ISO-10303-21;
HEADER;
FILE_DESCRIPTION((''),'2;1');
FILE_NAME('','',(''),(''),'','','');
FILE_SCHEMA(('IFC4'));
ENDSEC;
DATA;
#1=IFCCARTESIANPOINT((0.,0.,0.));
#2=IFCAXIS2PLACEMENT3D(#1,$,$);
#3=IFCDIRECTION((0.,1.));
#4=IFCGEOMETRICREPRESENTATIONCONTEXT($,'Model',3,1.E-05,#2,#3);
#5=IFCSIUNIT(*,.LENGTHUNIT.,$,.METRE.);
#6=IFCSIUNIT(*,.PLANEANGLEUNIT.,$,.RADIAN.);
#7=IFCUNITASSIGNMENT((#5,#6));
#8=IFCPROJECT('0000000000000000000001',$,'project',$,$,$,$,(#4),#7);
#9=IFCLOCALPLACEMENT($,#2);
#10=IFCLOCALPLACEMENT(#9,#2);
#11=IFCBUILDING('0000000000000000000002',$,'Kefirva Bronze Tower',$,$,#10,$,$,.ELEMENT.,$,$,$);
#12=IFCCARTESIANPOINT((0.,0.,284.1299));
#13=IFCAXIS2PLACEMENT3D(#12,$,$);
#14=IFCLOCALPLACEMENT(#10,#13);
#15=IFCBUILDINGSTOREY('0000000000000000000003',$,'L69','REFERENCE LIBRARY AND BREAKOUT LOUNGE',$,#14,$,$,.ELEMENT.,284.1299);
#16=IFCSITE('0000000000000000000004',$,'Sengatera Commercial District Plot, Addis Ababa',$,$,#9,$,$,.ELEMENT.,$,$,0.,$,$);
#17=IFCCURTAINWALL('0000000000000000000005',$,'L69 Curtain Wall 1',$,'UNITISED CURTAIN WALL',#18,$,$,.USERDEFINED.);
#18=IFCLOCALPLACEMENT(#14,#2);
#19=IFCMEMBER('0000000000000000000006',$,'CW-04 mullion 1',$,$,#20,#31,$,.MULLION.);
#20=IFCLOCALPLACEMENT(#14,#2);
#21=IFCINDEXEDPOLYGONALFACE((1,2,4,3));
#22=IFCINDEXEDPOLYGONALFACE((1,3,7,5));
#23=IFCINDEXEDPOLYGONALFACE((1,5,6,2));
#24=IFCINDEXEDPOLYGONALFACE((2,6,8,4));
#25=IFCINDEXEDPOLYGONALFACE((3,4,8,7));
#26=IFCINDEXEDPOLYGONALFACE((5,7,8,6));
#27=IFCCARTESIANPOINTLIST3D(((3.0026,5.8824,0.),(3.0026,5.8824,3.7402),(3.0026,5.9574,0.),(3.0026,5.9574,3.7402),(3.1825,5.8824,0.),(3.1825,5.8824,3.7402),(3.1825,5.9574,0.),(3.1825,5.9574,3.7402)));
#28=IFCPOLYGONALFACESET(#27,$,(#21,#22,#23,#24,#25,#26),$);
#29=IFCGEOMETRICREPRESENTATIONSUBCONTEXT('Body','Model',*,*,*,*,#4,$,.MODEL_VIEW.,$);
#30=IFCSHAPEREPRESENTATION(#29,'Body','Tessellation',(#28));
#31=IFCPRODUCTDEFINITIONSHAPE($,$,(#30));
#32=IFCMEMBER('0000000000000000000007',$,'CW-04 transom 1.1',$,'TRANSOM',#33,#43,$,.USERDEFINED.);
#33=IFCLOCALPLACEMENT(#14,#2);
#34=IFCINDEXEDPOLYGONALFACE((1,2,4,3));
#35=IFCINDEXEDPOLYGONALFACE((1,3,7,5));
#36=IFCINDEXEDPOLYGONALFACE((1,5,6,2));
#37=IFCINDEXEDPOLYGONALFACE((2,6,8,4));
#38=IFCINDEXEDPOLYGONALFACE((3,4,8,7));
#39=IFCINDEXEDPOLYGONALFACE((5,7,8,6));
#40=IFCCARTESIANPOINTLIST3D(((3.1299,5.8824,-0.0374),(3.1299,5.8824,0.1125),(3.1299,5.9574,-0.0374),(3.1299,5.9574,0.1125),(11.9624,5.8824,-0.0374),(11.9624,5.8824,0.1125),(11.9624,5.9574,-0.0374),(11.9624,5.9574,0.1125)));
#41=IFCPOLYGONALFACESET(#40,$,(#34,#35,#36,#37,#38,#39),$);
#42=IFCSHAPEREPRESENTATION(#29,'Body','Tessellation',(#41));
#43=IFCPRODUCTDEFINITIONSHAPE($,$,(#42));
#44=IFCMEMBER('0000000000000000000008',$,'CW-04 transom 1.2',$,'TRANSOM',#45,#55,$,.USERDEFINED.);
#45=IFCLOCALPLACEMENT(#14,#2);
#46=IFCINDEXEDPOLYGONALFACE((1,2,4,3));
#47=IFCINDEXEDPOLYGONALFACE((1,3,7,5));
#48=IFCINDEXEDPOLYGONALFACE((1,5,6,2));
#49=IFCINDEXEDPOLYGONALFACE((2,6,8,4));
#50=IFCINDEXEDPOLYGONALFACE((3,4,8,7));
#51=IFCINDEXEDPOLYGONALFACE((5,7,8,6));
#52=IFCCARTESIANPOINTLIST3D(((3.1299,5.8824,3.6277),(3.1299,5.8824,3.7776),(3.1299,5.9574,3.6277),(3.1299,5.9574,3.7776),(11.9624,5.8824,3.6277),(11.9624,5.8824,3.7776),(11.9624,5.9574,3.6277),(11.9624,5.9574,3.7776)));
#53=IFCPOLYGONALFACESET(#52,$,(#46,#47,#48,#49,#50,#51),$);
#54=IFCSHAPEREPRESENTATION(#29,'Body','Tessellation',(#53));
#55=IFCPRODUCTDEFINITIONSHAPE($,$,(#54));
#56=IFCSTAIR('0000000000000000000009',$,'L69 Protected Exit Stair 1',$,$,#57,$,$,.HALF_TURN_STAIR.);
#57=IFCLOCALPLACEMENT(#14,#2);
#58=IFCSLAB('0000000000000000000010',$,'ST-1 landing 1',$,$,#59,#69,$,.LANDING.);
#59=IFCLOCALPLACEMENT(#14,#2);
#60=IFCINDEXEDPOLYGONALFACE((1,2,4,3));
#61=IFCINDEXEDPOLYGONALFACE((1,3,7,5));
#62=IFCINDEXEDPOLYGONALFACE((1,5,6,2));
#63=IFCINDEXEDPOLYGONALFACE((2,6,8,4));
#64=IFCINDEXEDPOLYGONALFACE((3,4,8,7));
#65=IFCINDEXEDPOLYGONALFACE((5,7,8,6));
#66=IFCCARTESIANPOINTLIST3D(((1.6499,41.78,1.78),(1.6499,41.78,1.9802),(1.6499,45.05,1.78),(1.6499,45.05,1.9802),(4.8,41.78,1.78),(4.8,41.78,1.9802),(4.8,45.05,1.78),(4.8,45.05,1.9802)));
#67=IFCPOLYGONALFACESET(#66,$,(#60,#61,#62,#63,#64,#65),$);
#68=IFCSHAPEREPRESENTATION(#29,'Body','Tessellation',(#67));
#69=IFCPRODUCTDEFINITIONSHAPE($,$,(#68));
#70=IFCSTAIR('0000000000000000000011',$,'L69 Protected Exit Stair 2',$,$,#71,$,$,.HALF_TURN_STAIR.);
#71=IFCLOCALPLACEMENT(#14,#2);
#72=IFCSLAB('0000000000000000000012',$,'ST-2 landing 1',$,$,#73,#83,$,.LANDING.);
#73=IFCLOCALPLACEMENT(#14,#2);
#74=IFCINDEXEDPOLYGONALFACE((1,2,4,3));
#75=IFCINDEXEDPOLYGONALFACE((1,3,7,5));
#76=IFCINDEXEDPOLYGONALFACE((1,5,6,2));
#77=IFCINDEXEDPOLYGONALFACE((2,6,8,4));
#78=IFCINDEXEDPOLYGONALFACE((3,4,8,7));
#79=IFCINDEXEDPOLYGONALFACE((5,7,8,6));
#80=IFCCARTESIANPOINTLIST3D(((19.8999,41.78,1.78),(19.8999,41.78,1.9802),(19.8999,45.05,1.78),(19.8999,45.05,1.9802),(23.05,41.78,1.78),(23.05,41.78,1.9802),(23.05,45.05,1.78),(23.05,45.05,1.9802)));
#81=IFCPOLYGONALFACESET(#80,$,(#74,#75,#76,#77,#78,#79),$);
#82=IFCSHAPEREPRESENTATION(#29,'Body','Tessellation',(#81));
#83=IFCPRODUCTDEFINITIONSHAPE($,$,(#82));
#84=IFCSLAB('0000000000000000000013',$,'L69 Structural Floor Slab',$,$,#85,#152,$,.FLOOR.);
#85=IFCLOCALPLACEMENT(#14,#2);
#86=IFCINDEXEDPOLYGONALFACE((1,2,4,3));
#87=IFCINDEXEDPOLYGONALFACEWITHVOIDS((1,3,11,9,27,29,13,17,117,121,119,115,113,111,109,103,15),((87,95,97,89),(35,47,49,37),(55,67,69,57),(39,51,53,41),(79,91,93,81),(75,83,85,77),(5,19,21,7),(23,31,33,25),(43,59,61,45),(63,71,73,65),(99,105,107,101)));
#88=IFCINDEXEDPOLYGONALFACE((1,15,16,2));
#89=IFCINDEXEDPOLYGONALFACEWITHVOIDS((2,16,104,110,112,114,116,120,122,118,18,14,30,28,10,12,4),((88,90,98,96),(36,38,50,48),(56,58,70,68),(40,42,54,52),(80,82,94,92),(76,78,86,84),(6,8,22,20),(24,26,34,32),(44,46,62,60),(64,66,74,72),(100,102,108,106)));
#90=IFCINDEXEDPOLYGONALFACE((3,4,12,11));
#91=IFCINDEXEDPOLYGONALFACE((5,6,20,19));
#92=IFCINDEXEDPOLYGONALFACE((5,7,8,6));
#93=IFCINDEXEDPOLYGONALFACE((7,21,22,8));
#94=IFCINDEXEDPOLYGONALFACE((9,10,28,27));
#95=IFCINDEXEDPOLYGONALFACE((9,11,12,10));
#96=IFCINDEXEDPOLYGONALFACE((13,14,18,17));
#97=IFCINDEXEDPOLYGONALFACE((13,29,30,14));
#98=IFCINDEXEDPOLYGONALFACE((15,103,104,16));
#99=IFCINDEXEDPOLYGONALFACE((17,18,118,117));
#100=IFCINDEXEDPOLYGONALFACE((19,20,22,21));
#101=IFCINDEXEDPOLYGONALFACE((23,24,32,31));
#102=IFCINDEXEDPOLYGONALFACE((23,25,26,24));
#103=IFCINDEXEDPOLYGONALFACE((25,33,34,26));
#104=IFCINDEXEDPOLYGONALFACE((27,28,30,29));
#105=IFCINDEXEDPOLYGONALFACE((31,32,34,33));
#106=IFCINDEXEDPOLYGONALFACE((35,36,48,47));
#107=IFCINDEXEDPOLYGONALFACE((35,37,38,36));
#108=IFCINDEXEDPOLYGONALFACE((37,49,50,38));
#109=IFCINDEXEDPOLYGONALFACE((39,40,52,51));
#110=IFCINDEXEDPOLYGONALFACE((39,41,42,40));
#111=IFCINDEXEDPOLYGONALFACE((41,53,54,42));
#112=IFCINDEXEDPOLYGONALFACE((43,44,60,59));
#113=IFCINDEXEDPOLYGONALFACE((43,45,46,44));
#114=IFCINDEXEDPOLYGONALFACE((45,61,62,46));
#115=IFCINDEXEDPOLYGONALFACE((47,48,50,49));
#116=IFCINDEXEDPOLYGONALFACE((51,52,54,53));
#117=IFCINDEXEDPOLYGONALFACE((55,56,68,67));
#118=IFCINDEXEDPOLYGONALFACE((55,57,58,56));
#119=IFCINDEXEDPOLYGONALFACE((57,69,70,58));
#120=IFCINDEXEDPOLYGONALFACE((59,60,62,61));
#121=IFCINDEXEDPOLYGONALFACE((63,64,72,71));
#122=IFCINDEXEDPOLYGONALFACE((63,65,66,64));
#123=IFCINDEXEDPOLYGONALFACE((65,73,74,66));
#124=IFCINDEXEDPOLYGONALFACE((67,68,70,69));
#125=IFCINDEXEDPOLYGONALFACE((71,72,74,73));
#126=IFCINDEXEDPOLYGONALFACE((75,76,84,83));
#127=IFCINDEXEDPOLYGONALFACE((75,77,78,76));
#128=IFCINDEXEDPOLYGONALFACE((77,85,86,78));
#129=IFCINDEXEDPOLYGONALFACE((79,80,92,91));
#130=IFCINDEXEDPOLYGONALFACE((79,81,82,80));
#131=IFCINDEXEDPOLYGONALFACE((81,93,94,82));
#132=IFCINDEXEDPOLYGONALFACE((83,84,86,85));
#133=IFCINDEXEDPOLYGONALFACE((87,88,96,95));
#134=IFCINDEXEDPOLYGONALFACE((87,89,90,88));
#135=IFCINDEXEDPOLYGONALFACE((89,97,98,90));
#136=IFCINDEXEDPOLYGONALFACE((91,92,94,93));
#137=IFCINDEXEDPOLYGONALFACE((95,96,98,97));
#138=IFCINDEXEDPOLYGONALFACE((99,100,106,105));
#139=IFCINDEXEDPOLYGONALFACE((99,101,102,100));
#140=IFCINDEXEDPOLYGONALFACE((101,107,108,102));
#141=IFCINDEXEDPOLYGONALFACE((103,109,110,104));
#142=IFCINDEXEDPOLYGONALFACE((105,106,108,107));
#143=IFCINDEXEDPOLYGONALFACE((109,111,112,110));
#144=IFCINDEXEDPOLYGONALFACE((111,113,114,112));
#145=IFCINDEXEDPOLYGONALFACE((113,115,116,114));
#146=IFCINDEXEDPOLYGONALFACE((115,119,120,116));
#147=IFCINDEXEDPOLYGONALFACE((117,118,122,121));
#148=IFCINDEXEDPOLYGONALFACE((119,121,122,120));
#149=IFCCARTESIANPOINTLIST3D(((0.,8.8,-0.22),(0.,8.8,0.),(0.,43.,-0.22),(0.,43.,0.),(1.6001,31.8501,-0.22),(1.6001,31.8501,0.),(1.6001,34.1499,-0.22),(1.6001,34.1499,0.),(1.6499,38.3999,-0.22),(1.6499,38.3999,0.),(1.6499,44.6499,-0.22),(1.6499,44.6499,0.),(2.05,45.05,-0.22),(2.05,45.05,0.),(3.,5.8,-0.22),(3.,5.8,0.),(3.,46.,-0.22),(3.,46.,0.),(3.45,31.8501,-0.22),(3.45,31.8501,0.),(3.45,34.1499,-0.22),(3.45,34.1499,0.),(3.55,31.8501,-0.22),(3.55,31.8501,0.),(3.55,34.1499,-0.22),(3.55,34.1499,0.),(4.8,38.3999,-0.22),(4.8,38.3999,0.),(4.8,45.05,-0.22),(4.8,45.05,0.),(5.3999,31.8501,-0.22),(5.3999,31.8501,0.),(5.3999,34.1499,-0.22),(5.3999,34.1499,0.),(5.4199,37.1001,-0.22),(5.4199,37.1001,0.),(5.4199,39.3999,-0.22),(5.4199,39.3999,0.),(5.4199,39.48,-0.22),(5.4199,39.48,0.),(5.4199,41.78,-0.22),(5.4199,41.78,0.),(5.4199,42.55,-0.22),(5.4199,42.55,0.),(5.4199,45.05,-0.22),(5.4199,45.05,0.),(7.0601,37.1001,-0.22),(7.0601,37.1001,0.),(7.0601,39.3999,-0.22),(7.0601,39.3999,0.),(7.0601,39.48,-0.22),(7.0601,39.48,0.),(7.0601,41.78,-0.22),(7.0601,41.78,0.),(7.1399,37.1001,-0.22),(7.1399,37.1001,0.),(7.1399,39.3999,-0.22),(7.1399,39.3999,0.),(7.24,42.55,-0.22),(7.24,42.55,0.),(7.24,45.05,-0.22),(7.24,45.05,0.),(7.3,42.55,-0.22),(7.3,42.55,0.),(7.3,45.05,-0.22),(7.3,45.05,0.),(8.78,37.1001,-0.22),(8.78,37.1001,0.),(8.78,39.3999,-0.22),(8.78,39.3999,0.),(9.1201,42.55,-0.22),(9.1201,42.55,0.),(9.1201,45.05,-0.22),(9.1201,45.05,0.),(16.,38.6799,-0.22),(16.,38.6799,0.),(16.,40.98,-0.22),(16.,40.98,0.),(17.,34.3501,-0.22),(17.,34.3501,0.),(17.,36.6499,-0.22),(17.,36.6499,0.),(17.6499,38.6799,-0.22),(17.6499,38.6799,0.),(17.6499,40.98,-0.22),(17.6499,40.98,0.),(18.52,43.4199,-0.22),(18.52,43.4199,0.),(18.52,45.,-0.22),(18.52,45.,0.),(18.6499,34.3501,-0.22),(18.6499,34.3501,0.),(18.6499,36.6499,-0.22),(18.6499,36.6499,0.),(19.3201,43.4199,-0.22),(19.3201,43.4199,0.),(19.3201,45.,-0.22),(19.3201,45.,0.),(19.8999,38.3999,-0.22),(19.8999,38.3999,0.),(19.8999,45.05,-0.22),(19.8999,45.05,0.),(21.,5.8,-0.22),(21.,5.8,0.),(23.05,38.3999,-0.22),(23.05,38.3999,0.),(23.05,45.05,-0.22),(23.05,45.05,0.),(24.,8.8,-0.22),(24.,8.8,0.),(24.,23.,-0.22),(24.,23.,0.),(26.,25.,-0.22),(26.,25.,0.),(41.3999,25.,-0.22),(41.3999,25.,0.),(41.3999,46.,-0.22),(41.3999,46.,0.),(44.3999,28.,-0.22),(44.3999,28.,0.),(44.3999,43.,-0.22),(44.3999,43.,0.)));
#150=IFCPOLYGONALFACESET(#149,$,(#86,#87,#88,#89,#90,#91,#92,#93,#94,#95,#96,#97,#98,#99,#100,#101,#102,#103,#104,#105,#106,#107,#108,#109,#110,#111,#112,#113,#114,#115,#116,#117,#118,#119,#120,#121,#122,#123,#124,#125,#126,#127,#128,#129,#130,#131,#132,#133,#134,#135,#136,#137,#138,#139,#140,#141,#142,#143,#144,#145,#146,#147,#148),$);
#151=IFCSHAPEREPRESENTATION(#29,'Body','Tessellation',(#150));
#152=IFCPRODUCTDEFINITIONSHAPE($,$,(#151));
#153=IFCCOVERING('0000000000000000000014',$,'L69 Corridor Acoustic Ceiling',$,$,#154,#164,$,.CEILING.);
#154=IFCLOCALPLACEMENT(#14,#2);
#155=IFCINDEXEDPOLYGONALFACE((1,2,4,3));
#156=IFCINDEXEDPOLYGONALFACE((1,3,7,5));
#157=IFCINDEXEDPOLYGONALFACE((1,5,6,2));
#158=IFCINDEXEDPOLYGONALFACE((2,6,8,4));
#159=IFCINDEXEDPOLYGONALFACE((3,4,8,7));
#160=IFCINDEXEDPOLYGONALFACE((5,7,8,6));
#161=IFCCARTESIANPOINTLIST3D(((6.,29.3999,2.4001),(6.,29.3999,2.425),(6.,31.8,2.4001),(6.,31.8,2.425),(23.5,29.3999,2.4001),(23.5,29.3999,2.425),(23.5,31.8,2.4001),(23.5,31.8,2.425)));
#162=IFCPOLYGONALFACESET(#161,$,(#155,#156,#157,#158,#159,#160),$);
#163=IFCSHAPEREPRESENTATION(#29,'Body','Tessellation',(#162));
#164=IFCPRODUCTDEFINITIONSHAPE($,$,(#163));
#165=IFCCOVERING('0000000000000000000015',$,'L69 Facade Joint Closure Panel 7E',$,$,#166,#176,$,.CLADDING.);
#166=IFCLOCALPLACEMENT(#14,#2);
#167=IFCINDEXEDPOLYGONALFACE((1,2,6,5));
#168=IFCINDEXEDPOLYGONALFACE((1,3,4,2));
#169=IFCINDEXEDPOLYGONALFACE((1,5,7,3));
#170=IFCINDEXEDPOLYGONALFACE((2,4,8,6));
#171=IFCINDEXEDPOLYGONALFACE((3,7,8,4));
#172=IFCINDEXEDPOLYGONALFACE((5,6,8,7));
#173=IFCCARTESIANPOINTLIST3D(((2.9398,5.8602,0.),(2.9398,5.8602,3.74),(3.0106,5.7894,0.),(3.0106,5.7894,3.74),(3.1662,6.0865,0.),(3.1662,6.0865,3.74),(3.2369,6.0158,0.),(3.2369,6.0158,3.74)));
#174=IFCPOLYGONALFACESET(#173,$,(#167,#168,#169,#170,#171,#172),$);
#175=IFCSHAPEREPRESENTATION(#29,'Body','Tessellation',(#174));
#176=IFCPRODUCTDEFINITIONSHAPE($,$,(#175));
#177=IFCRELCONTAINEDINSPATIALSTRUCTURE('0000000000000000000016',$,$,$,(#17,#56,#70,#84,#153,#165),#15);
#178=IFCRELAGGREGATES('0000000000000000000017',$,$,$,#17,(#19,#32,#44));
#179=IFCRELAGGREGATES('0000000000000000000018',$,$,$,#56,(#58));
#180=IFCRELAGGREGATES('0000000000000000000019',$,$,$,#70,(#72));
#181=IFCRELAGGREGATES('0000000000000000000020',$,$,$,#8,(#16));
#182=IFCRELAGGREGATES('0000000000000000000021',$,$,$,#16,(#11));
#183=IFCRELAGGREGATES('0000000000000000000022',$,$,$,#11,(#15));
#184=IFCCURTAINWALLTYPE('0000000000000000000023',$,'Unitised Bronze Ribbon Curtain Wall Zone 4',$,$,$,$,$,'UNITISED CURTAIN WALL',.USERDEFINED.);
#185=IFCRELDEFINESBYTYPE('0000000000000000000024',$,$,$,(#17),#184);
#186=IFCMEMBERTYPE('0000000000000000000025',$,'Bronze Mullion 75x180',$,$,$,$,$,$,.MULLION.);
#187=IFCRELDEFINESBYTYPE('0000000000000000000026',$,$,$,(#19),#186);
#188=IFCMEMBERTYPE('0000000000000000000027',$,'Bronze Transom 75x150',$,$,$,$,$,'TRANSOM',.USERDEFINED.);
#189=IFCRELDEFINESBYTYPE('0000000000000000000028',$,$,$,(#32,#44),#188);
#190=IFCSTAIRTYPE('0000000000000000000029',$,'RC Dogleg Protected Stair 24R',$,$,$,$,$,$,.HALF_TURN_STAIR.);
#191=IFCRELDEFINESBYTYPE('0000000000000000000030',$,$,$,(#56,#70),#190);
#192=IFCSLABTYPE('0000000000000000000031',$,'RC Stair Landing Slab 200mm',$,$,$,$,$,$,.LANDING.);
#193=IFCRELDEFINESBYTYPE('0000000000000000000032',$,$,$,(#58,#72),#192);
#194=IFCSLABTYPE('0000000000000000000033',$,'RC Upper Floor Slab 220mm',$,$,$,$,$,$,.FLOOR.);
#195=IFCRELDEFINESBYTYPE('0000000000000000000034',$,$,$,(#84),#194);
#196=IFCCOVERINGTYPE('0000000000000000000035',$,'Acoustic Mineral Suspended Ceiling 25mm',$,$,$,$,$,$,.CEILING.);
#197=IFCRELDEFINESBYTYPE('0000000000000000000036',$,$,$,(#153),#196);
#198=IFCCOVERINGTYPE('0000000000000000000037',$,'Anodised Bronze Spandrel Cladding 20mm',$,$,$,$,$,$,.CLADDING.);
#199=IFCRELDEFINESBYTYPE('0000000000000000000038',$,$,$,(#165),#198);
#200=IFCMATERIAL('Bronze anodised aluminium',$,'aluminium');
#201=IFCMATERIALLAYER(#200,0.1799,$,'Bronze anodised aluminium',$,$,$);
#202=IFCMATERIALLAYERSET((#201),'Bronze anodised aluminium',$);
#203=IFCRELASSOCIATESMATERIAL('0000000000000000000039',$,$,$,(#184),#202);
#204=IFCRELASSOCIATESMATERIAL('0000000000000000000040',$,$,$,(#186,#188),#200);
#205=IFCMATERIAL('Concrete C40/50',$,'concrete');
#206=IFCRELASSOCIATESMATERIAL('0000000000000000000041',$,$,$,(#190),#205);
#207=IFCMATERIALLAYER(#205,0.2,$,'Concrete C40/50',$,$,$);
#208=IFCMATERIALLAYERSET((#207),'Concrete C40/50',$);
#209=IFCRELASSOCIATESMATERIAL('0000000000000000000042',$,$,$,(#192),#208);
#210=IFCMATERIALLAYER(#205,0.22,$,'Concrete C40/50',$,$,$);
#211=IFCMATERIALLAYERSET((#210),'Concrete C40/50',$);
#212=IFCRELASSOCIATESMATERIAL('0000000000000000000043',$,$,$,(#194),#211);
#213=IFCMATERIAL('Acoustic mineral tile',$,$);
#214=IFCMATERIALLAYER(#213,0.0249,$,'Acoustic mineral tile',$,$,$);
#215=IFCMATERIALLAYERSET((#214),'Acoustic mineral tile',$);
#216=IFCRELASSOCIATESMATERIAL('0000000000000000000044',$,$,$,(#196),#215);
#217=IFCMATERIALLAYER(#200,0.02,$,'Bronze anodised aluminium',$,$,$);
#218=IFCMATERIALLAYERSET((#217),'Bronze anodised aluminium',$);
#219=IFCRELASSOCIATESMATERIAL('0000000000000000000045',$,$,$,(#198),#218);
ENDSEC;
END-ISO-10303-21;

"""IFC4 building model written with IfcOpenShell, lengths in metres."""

from ifc_helpers import new_model, si_unit, direction, frame, origin, origin_2d, place, context, subcontext, project, spatial, polyline, rectangle, outline, extrude, material, layer, layer_set, material_profile, profile_set, type_object, element, aggregate, save


model = new_model("IFC4")

# Units and contexts
model_context = context("Model", 3, precision=1e-05, world=origin(), true_north=direction((0.0, 1.0)))
body_context = subcontext(model_context, "Body", "Model", "MODEL_VIEW")
ifc_project = project(units=[si_unit("LENGTHUNIT", "METRE"), si_unit("PLANEANGLEUNIT", "RADIAN")], contexts=[model_context])

# Site, building, storey
site_placement = place(None, origin())
site = spatial("IfcSite", under=ifc_project, at=site_placement, Name="Sengatera Commercial District Plot, Addis Ababa", CompositionType="ELEMENT", RefElevation=0.0)
building_placement = place(site_placement, origin())
building = spatial("IfcBuilding", under=site, at=building_placement, Name="Kefirva Bronze Tower", CompositionType="ELEMENT")
storey_placement = place(building_placement, frame((0.0, 0.0, 284.1299)))
storey = spatial("IfcBuildingStorey", under=building, at=storey_placement, Name="L69", Description="REFERENCE LIBRARY AND BREAKOUT LOUNGE", CompositionType="ELEMENT", Elevation=284.1299)

# Curtain wall, members
ifc_material_1 = material(Name="Bronze anodised aluminium", Category="aluminium")
ifc_layer_1 = layer(ifc_material_1, 0.1799, Name="Bronze anodised aluminium")
ifc_layer_set_1 = layer_set([ifc_layer_1], Name="Bronze anodised aluminium")
curtain_wall_type = type_object("IfcCurtainWallType", Name="Unitised Bronze Ribbon Curtain Wall Zone 4", ElementType="UNITISED CURTAIN WALL", PredefinedType="USERDEFINED", material=ifc_layer_set_1)
curtain_wall_placement = place(storey_placement, origin())
curtain_wall = element("IfcCurtainWall", 1, at=curtain_wall_placement, inside=storey, type_object=curtain_wall_type, Name="L69 Curtain Wall 1", ObjectType="UNITISED CURTAIN WALL", PredefinedType="USERDEFINED")
ifc_material_profile_1 = material_profile(ifc_material_1, rectangle(XDim=0.075, YDim=0.1799, at=origin_2d()), Name="ALU 75x180")
ifc_profile_set_1 = profile_set([ifc_material_profile_1], Name="Bronze anodised aluminium")
member_type_1 = type_object("IfcMemberType", Name="Bronze Mullion 75x180", PredefinedType="MULLION", material=ifc_profile_set_1)
member_1_placement = place(storey_placement, frame((3.0925, 5.9199, 0.0), z_axis=(0.0, 0.0, 1.0), x_axis=(0.0, 1.0, 0.0)))
member_1 = element("IfcMember", 2, at=member_1_placement, type_object=member_type_1, Name="CW-04 mullion 1", PredefinedType="MULLION", context=body_context, shape_type="SweptSolid", body=[
    extrude(rectangle(XDim=0.075, YDim=0.1799, at=origin_2d()), origin(), (0.0, 0.0, 1.0), 3.7402),
])
ifc_material_profile_2 = material_profile(ifc_material_1, rectangle(XDim=0.075, YDim=0.1499, at=origin_2d()), Name="ALU 75x150")
ifc_profile_set_2 = profile_set([ifc_material_profile_2], Name="Bronze anodised aluminium")
member_type_2 = type_object("IfcMemberType", Name="Bronze Transom 75x150", ElementType="TRANSOM", PredefinedType="USERDEFINED", material=ifc_profile_set_2)
member_2_placement = place(storey_placement, frame((3.1299, 5.9199, 0.0376), z_axis=(1.0, 0.0, 0.0), x_axis=(0.0, 1.0, 0.0)))
member_2 = element("IfcMember", 3, at=member_2_placement, type_object=member_type_2, Name="CW-04 transom 1.1", ObjectType="TRANSOM", PredefinedType="USERDEFINED", context=body_context, shape_type="SweptSolid", body=[
    extrude(rectangle(XDim=0.075, YDim=0.1499, at=origin_2d()), origin(), (0.0, 0.0, 1.0), 8.8325),
])
member_3_placement = place(storey_placement, frame((3.1299, 5.9199, 3.7026), z_axis=(1.0, 0.0, 0.0), x_axis=(0.0, 1.0, 0.0)))
member_3 = element("IfcMember", 4, at=member_3_placement, type_object=member_type_2, Name="CW-04 transom 1.2", ObjectType="TRANSOM", PredefinedType="USERDEFINED", context=body_context, shape_type="SweptSolid", body=[
    extrude(rectangle(XDim=0.075, YDim=0.1499, at=origin_2d()), origin(), (0.0, 0.0, 1.0), 8.8325),
])
aggregate(curtain_wall, [member_1, member_2, member_3])

# Stairs, slabs
ifc_material_2 = material(Name="Concrete C40/50", Category="concrete")
stair_type = type_object("IfcStairType", Name="RC Dogleg Protected Stair 24R", PredefinedType="HALF_TURN_STAIR", material=ifc_material_2)
stair_1_placement = place(storey_placement, origin())
stair_1 = element("IfcStair", 5, at=stair_1_placement, inside=storey, type_object=stair_type, Name="L69 Protected Exit Stair 1", PredefinedType="HALF_TURN_STAIR")
ifc_layer_2 = layer(ifc_material_2, 0.2, Name="Concrete C40/50")
ifc_layer_set_2 = layer_set([ifc_layer_2], Name="Concrete C40/50")
slab_type_1 = type_object("IfcSlabType", Name="RC Stair Landing Slab 200mm", PredefinedType="LANDING", material=ifc_layer_set_2)
slab_1_placement = place(storey_placement, frame((0.0, 0.0, 1.78)))
slab_1 = element("IfcSlab", 6, at=slab_1_placement, type_object=slab_type_1, Name="ST-1 landing 1", PredefinedType="LANDING", context=body_context, shape_type="SweptSolid", body=[
    extrude(outline(polyline([(4.8, 41.78), (4.8, 45.05), (1.6499, 45.05), (1.6499, 41.78), (4.8, 41.78)])), origin(), (0.0, 0.0, 1.0), 0.2002),
])
aggregate(stair_1, [slab_1])
stair_2_placement = place(storey_placement, origin())
stair_2 = element("IfcStair", 7, at=stair_2_placement, inside=storey, type_object=stair_type, Name="L69 Protected Exit Stair 2", PredefinedType="HALF_TURN_STAIR")
slab_2_placement = place(storey_placement, frame((0.0, 0.0, 1.78)))
slab_2 = element("IfcSlab", 8, at=slab_2_placement, type_object=slab_type_1, Name="ST-2 landing 1", PredefinedType="LANDING", context=body_context, shape_type="SweptSolid", body=[
    extrude(outline(polyline([(23.05, 41.78), (23.05, 45.05), (19.8999, 45.05), (19.8999, 41.78), (23.05, 41.78)])), origin(), (0.0, 0.0, 1.0), 0.2002),
])
aggregate(stair_2, [slab_2])

# Slab
ifc_layer_3 = layer(ifc_material_2, 0.22, Name="Concrete C40/50")
ifc_layer_set_3 = layer_set([ifc_layer_3], Name="Concrete C40/50")
slab_type_2 = type_object("IfcSlabType", Name="RC Upper Floor Slab 220mm", PredefinedType="FLOOR", material=ifc_layer_set_3)
slab_3_placement = place(storey_placement, frame((0.0, 0.0, -0.22)))
element("IfcSlab", 9, at=slab_3_placement, inside=storey, type_object=slab_type_2, Name="L69 Structural Floor Slab", PredefinedType="FLOOR", context=body_context, shape_type="SweptSolid", body=[
    extrude(outline(polyline([(0.0, 8.8), (0.0, 43.0), (1.6499, 44.6499), (1.6499, 38.3999), (4.8, 38.3999), (4.8, 45.05), (2.05, 45.05), (3.0, 46.0), (41.3999, 46.0), (44.3999, 43.0), (44.3999, 28.0), (41.3999, 25.0), (26.0, 25.0), (24.0, 23.0), (24.0, 8.8), (21.0, 5.8), (3.0, 5.8), (0.0, 8.8)]), holes=[polyline([(23.05, 45.05), (19.8999, 45.05), (19.8999, 38.3999), (23.05, 38.3999), (23.05, 45.05)]), polyline([(19.3201, 43.4199), (19.3201, 45.0), (18.52, 45.0), (18.52, 43.4199), (19.3201, 43.4199)]), polyline([(18.6499, 36.6499), (17.0, 36.6499), (17.0, 34.3501), (18.6499, 34.3501), (18.6499, 36.6499)]), polyline([(17.6499, 38.6799), (17.6499, 40.98), (16.0, 40.98), (16.0, 38.6799), (17.6499, 38.6799)]), polyline([(9.1201, 42.55), (9.1201, 45.05), (7.3, 45.05), (7.3, 42.55), (9.1201, 42.55)]), polyline([(8.78, 37.1001), (8.78, 39.3999), (7.1399, 39.3999), (7.1399, 37.1001), (8.78, 37.1001)]), polyline([(7.24, 42.55), (7.24, 45.05), (5.4199, 45.05), (5.4199, 42.55), (7.24, 42.55)]), polyline([(7.0601, 37.1001), (7.0601, 39.3999), (5.4199, 39.3999), (5.4199, 37.1001), (7.0601, 37.1001)]), polyline([(7.0601, 41.78), (5.4199, 41.78), (5.4199, 39.48), (7.0601, 39.48), (7.0601, 41.78)]), polyline([(5.3999, 31.8501), (5.3999, 34.1499), (3.55, 34.1499), (3.55, 31.8501), (5.3999, 31.8501)]), polyline([(3.45, 34.1499), (1.6001, 34.1499), (1.6001, 31.8501), (3.45, 31.8501), (3.45, 34.1499)])]), origin(), (0.0, 0.0, 1.0), 0.22),
])

# Coverings
ifc_material_3 = material(Name="Acoustic mineral tile")
ifc_layer_4 = layer(ifc_material_3, 0.0249, Name="Acoustic mineral tile")
ifc_layer_set_4 = layer_set([ifc_layer_4], Name="Acoustic mineral tile")
covering_type_1 = type_object("IfcCoveringType", Name="Acoustic Mineral Suspended Ceiling 25mm", PredefinedType="CEILING", material=ifc_layer_set_4)
covering_1_placement = place(storey_placement, frame((0.0, 0.0, 2.4001)))
element("IfcCovering", 10, at=covering_1_placement, inside=storey, type_object=covering_type_1, Name="L69 Corridor Acoustic Ceiling", PredefinedType="CEILING", context=body_context, shape_type="SweptSolid", body=[
    extrude(outline(polyline([(6.0, 29.3999), (23.5, 29.3999), (23.5, 31.8), (6.0, 31.8), (6.0, 29.3999)])), origin(), (0.0, 0.0, 1.0), 0.0249),
])
ifc_layer_5 = layer(ifc_material_1, 0.02, Name="Bronze anodised aluminium")
ifc_layer_set_5 = layer_set([ifc_layer_5], Name="Bronze anodised aluminium")
covering_type_2 = type_object("IfcCoveringType", Name="Anodised Bronze Spandrel Cladding 20mm", PredefinedType="CLADDING", material=ifc_layer_set_5)
covering_2_placement = place(storey_placement, frame((3.0884, 5.938, 0.0), z_axis=(0.0, 0.0, 1.0), x_axis=(0.707107, -0.707107, 0.0)))
element("IfcCovering", 11, at=covering_2_placement, inside=storey, type_object=covering_type_2, Name="L69 Facade Joint Closure Panel 7E", PredefinedType="CLADDING", context=body_context, shape_type="SweptSolid", body=[
    extrude(rectangle(XDim=0.1001, YDim=0.3201, at=origin_2d()), origin(), (0.0, 0.0, 1.0), 3.74),
])

save(model, "model.ifc")
